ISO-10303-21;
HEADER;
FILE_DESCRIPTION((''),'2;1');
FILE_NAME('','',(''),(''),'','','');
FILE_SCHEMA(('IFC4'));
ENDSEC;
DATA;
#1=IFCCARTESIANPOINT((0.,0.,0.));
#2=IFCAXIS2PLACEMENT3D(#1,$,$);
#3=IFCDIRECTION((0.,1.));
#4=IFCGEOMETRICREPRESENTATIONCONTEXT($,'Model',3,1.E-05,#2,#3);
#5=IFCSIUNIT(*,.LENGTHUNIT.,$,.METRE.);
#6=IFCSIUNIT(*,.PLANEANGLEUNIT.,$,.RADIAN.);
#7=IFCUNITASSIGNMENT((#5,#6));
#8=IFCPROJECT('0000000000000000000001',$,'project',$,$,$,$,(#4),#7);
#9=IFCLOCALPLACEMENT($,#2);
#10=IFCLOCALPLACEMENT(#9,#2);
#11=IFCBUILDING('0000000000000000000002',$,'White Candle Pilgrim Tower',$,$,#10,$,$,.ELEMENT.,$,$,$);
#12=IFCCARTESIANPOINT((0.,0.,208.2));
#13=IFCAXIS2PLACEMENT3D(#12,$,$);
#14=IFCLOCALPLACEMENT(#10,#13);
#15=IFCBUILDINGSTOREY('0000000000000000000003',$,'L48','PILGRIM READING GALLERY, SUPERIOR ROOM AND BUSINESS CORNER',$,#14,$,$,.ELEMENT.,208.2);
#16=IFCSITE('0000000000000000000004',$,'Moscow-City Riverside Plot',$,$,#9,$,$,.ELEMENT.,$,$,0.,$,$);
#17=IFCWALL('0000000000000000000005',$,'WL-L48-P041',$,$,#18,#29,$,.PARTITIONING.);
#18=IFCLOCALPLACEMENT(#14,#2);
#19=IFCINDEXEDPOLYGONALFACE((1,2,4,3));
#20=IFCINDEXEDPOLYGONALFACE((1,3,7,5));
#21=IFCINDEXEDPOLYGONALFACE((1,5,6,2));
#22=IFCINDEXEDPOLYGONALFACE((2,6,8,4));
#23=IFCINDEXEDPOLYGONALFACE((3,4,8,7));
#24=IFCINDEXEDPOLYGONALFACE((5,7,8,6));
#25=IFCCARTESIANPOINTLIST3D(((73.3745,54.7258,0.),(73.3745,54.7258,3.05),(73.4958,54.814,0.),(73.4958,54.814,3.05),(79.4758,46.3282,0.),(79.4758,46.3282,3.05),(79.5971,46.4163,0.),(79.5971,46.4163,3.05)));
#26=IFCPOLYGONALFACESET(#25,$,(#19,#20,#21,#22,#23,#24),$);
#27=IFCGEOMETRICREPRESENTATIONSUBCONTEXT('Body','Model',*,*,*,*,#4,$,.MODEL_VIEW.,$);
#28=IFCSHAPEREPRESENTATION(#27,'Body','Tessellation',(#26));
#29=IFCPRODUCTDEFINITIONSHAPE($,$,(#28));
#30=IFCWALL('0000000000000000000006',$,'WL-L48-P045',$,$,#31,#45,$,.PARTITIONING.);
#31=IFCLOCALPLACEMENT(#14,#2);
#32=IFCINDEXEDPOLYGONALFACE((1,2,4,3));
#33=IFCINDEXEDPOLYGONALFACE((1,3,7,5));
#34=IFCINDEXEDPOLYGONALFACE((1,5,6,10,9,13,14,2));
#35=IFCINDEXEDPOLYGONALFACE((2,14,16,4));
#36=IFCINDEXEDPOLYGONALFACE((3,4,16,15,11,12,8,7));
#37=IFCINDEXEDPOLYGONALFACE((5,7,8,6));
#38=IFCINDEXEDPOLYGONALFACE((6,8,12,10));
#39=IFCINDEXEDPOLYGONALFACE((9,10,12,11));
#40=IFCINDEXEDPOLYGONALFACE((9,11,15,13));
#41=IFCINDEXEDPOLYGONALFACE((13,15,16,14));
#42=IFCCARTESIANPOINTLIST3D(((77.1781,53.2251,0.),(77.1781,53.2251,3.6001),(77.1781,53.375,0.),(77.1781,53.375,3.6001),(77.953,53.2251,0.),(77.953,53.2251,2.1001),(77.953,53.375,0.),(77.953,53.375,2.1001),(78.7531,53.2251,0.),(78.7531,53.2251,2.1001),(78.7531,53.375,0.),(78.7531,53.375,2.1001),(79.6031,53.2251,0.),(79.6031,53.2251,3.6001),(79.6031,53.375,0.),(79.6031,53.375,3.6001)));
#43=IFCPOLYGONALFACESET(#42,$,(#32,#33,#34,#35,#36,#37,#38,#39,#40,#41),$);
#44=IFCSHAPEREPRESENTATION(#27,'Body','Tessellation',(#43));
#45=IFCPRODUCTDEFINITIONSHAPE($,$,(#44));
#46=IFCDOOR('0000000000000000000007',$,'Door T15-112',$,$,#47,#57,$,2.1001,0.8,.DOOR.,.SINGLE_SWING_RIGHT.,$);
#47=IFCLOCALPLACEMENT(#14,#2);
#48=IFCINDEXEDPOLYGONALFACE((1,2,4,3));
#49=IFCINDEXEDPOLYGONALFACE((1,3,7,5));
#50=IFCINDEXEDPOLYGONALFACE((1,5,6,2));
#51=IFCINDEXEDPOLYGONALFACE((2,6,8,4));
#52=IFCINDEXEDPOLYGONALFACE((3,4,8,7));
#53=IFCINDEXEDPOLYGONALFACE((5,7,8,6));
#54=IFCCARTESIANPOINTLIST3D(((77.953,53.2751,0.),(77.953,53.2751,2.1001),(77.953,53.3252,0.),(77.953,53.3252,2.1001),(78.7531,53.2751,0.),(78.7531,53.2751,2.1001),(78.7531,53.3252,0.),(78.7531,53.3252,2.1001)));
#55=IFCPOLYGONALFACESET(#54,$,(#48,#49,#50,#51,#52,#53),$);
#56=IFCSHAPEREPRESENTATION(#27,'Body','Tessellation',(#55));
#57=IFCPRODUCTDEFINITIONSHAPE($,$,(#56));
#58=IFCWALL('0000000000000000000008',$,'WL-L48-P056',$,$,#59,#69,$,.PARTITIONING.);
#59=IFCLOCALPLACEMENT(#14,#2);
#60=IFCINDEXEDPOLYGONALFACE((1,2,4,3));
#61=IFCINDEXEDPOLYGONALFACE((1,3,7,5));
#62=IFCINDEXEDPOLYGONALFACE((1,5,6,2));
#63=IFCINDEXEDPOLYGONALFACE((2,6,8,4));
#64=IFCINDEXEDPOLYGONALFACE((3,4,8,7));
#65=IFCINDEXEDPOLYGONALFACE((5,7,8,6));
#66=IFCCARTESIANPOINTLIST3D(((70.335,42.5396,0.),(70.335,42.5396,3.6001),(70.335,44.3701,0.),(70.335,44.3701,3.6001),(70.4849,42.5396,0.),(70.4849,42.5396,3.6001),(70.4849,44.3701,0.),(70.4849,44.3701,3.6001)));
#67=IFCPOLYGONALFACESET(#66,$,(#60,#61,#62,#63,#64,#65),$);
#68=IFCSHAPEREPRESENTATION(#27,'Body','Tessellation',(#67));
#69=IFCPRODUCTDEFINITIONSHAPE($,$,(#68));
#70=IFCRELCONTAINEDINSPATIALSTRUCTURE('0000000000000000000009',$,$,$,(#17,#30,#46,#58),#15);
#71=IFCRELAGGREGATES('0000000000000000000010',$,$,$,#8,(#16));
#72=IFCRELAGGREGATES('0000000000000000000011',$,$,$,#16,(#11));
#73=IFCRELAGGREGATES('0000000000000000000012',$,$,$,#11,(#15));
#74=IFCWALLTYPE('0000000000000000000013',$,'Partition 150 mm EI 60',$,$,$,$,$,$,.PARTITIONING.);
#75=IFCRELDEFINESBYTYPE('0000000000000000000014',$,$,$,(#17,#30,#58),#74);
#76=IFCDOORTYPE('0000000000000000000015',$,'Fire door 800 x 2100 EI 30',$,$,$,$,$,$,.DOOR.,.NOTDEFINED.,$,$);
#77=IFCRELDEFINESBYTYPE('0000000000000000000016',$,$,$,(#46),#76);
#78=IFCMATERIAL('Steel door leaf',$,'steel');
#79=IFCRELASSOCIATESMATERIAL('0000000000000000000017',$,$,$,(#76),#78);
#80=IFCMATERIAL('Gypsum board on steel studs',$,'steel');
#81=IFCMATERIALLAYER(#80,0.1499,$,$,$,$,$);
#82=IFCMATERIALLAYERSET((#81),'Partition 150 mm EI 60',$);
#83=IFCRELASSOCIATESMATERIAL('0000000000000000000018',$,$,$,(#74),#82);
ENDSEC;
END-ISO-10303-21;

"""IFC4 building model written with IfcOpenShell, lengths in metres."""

from ifc_helpers import new_model, si_unit, direction, frame, frame_2d, origin, place, context, subcontext, project, spatial, rectangle, extrude, material, layer, layer_set, type_object, element, fill, save


model = new_model("IFC4")

# Units and contexts
model_context = context("Model", 3, precision=1e-05, world=origin(), true_north=direction((0.0, 1.0)))
body_context = subcontext(model_context, "Body", "Model", "MODEL_VIEW")
ifc_project = project(units=[si_unit("LENGTHUNIT", "METRE"), si_unit("PLANEANGLEUNIT", "RADIAN")], contexts=[model_context])

# Site, building, storey
site_placement = place(None, origin())
site = spatial("IfcSite", under=ifc_project, at=site_placement, Name="Moscow-City Riverside Plot", CompositionType="ELEMENT", RefElevation=0.0)
building_placement = place(site_placement, origin())
building = spatial("IfcBuilding", under=site, at=building_placement, Name="White Candle Pilgrim Tower", CompositionType="ELEMENT")
storey_placement = place(building_placement, frame((0.0, 0.0, 208.2)))
storey = spatial("IfcBuildingStorey", under=building, at=storey_placement, Name="L48", Description="PILGRIM READING GALLERY, SUPERIOR ROOM AND BUSINESS CORNER", CompositionType="ELEMENT", Elevation=208.2)

# Shared definitions
ifc_material_1 = material(Name="Gypsum board on steel studs", Category="steel")
ifc_material_2 = material(Name="Steel door leaf", Category="steel")
door_type_1 = type_object("IfcDoorType", Name="Fire door 800 x 2100 EI 30", OperationType="NOTDEFINED", PredefinedType="DOOR", material=ifc_material_2)

# Wall
ifc_layer_1 = layer(ifc_material_1, 0.1499)
ifc_layer_set_1 = layer_set([ifc_layer_1], Name="Partition 150 mm EI 60")
wall_type_1 = type_object("IfcWallType", Name="Partition 150 mm EI 60", PredefinedType="PARTITIONING", material=ifc_layer_set_1)
wall_1_placement = place(storey_placement, frame((79.5364, 46.3723, 0.0), z_axis=(0.0, 0.0, 1.0), x_axis=(-0.587787, 0.809016, 0.0)))
element("IfcWall", 1, at=wall_1_placement, inside=storey, type_object=wall_type_1, Name="WL-L48-P041", PredefinedType="PARTITIONING", context=body_context, shape_type="SweptSolid", body=[
    extrude(rectangle(XDim=10.3801, YDim=0.1499, at=frame_2d((5.1899, 0.0))), origin(), (0.0, 0.0, 1.0), 3.05),
])

# Wall, opening, door
wall_2_placement = place(storey_placement, frame((79.603, 53.3, 0.0), z_axis=(0.0, 0.0, 1.0), x_axis=(-1.0, 0.0, 0.0)))
wall_2 = element("IfcWall", 2, at=wall_2_placement, inside=storey, type_object=wall_type_1, Name="WL-L48-P045", PredefinedType="PARTITIONING", context=body_context, shape_type="SweptSolid", body=[
    extrude(rectangle(XDim=2.425, YDim=0.1499, at=frame_2d((1.2124, 0.0))), origin(), (0.0, 0.0, 1.0), 3.6001),
])
opening_1_placement = place(wall_2_placement, frame((0.8501, 0.0, 0.0)))
opening_1 = element("IfcOpeningElement", 3, at=opening_1_placement, cuts=wall_2, PredefinedType="OPENING", context=body_context, shape_type="SweptSolid", body=[
    extrude(rectangle(XDim=0.8, YDim=2.1001, at=frame_2d((0.3999, 1.05))), frame((0.0, 0.085, 0.0), z_axis=(0.0, -1.0, 0.0), x_axis=(1.0, 0.0, 0.0)), (0.0, 0.0, 1.0), 0.1699),
])
door_1_placement = place(opening_1_placement, origin())
door_1 = element("IfcDoor", 4, at=door_1_placement, inside=storey, type_object=door_type_1, Name="Door T15-112", OperationType="SINGLE_SWING_RIGHT", OverallHeight=2.1001, OverallWidth=0.8, PredefinedType="DOOR", context=body_context, shape_type="SweptSolid", body=[
    extrude(rectangle(XDim=0.8, YDim=2.1001, at=frame_2d((0.3999, 1.05))), frame((0.0, 0.0249, 0.0), z_axis=(0.0, -1.0, 0.0), x_axis=(1.0, 0.0, 0.0)), (0.0, 0.0, 1.0), 0.05),
])
fill(opening_1, door_1)

# Wall
wall_3_placement = place(storey_placement, frame((70.4099, 44.3701, 0.0), z_axis=(0.0, 0.0, 1.0), x_axis=(0.0, -1.0, 0.0)))
element("IfcWall", 5, at=wall_3_placement, inside=storey, type_object=wall_type_1, Name="WL-L48-P056", PredefinedType="PARTITIONING", context=body_context, shape_type="SweptSolid", body=[
    extrude(rectangle(XDim=1.8306, YDim=0.1499, at=frame_2d((0.9153, 0.0))), origin(), (0.0, 0.0, 1.0), 3.6001),
])

save(model, "model.ifc")
